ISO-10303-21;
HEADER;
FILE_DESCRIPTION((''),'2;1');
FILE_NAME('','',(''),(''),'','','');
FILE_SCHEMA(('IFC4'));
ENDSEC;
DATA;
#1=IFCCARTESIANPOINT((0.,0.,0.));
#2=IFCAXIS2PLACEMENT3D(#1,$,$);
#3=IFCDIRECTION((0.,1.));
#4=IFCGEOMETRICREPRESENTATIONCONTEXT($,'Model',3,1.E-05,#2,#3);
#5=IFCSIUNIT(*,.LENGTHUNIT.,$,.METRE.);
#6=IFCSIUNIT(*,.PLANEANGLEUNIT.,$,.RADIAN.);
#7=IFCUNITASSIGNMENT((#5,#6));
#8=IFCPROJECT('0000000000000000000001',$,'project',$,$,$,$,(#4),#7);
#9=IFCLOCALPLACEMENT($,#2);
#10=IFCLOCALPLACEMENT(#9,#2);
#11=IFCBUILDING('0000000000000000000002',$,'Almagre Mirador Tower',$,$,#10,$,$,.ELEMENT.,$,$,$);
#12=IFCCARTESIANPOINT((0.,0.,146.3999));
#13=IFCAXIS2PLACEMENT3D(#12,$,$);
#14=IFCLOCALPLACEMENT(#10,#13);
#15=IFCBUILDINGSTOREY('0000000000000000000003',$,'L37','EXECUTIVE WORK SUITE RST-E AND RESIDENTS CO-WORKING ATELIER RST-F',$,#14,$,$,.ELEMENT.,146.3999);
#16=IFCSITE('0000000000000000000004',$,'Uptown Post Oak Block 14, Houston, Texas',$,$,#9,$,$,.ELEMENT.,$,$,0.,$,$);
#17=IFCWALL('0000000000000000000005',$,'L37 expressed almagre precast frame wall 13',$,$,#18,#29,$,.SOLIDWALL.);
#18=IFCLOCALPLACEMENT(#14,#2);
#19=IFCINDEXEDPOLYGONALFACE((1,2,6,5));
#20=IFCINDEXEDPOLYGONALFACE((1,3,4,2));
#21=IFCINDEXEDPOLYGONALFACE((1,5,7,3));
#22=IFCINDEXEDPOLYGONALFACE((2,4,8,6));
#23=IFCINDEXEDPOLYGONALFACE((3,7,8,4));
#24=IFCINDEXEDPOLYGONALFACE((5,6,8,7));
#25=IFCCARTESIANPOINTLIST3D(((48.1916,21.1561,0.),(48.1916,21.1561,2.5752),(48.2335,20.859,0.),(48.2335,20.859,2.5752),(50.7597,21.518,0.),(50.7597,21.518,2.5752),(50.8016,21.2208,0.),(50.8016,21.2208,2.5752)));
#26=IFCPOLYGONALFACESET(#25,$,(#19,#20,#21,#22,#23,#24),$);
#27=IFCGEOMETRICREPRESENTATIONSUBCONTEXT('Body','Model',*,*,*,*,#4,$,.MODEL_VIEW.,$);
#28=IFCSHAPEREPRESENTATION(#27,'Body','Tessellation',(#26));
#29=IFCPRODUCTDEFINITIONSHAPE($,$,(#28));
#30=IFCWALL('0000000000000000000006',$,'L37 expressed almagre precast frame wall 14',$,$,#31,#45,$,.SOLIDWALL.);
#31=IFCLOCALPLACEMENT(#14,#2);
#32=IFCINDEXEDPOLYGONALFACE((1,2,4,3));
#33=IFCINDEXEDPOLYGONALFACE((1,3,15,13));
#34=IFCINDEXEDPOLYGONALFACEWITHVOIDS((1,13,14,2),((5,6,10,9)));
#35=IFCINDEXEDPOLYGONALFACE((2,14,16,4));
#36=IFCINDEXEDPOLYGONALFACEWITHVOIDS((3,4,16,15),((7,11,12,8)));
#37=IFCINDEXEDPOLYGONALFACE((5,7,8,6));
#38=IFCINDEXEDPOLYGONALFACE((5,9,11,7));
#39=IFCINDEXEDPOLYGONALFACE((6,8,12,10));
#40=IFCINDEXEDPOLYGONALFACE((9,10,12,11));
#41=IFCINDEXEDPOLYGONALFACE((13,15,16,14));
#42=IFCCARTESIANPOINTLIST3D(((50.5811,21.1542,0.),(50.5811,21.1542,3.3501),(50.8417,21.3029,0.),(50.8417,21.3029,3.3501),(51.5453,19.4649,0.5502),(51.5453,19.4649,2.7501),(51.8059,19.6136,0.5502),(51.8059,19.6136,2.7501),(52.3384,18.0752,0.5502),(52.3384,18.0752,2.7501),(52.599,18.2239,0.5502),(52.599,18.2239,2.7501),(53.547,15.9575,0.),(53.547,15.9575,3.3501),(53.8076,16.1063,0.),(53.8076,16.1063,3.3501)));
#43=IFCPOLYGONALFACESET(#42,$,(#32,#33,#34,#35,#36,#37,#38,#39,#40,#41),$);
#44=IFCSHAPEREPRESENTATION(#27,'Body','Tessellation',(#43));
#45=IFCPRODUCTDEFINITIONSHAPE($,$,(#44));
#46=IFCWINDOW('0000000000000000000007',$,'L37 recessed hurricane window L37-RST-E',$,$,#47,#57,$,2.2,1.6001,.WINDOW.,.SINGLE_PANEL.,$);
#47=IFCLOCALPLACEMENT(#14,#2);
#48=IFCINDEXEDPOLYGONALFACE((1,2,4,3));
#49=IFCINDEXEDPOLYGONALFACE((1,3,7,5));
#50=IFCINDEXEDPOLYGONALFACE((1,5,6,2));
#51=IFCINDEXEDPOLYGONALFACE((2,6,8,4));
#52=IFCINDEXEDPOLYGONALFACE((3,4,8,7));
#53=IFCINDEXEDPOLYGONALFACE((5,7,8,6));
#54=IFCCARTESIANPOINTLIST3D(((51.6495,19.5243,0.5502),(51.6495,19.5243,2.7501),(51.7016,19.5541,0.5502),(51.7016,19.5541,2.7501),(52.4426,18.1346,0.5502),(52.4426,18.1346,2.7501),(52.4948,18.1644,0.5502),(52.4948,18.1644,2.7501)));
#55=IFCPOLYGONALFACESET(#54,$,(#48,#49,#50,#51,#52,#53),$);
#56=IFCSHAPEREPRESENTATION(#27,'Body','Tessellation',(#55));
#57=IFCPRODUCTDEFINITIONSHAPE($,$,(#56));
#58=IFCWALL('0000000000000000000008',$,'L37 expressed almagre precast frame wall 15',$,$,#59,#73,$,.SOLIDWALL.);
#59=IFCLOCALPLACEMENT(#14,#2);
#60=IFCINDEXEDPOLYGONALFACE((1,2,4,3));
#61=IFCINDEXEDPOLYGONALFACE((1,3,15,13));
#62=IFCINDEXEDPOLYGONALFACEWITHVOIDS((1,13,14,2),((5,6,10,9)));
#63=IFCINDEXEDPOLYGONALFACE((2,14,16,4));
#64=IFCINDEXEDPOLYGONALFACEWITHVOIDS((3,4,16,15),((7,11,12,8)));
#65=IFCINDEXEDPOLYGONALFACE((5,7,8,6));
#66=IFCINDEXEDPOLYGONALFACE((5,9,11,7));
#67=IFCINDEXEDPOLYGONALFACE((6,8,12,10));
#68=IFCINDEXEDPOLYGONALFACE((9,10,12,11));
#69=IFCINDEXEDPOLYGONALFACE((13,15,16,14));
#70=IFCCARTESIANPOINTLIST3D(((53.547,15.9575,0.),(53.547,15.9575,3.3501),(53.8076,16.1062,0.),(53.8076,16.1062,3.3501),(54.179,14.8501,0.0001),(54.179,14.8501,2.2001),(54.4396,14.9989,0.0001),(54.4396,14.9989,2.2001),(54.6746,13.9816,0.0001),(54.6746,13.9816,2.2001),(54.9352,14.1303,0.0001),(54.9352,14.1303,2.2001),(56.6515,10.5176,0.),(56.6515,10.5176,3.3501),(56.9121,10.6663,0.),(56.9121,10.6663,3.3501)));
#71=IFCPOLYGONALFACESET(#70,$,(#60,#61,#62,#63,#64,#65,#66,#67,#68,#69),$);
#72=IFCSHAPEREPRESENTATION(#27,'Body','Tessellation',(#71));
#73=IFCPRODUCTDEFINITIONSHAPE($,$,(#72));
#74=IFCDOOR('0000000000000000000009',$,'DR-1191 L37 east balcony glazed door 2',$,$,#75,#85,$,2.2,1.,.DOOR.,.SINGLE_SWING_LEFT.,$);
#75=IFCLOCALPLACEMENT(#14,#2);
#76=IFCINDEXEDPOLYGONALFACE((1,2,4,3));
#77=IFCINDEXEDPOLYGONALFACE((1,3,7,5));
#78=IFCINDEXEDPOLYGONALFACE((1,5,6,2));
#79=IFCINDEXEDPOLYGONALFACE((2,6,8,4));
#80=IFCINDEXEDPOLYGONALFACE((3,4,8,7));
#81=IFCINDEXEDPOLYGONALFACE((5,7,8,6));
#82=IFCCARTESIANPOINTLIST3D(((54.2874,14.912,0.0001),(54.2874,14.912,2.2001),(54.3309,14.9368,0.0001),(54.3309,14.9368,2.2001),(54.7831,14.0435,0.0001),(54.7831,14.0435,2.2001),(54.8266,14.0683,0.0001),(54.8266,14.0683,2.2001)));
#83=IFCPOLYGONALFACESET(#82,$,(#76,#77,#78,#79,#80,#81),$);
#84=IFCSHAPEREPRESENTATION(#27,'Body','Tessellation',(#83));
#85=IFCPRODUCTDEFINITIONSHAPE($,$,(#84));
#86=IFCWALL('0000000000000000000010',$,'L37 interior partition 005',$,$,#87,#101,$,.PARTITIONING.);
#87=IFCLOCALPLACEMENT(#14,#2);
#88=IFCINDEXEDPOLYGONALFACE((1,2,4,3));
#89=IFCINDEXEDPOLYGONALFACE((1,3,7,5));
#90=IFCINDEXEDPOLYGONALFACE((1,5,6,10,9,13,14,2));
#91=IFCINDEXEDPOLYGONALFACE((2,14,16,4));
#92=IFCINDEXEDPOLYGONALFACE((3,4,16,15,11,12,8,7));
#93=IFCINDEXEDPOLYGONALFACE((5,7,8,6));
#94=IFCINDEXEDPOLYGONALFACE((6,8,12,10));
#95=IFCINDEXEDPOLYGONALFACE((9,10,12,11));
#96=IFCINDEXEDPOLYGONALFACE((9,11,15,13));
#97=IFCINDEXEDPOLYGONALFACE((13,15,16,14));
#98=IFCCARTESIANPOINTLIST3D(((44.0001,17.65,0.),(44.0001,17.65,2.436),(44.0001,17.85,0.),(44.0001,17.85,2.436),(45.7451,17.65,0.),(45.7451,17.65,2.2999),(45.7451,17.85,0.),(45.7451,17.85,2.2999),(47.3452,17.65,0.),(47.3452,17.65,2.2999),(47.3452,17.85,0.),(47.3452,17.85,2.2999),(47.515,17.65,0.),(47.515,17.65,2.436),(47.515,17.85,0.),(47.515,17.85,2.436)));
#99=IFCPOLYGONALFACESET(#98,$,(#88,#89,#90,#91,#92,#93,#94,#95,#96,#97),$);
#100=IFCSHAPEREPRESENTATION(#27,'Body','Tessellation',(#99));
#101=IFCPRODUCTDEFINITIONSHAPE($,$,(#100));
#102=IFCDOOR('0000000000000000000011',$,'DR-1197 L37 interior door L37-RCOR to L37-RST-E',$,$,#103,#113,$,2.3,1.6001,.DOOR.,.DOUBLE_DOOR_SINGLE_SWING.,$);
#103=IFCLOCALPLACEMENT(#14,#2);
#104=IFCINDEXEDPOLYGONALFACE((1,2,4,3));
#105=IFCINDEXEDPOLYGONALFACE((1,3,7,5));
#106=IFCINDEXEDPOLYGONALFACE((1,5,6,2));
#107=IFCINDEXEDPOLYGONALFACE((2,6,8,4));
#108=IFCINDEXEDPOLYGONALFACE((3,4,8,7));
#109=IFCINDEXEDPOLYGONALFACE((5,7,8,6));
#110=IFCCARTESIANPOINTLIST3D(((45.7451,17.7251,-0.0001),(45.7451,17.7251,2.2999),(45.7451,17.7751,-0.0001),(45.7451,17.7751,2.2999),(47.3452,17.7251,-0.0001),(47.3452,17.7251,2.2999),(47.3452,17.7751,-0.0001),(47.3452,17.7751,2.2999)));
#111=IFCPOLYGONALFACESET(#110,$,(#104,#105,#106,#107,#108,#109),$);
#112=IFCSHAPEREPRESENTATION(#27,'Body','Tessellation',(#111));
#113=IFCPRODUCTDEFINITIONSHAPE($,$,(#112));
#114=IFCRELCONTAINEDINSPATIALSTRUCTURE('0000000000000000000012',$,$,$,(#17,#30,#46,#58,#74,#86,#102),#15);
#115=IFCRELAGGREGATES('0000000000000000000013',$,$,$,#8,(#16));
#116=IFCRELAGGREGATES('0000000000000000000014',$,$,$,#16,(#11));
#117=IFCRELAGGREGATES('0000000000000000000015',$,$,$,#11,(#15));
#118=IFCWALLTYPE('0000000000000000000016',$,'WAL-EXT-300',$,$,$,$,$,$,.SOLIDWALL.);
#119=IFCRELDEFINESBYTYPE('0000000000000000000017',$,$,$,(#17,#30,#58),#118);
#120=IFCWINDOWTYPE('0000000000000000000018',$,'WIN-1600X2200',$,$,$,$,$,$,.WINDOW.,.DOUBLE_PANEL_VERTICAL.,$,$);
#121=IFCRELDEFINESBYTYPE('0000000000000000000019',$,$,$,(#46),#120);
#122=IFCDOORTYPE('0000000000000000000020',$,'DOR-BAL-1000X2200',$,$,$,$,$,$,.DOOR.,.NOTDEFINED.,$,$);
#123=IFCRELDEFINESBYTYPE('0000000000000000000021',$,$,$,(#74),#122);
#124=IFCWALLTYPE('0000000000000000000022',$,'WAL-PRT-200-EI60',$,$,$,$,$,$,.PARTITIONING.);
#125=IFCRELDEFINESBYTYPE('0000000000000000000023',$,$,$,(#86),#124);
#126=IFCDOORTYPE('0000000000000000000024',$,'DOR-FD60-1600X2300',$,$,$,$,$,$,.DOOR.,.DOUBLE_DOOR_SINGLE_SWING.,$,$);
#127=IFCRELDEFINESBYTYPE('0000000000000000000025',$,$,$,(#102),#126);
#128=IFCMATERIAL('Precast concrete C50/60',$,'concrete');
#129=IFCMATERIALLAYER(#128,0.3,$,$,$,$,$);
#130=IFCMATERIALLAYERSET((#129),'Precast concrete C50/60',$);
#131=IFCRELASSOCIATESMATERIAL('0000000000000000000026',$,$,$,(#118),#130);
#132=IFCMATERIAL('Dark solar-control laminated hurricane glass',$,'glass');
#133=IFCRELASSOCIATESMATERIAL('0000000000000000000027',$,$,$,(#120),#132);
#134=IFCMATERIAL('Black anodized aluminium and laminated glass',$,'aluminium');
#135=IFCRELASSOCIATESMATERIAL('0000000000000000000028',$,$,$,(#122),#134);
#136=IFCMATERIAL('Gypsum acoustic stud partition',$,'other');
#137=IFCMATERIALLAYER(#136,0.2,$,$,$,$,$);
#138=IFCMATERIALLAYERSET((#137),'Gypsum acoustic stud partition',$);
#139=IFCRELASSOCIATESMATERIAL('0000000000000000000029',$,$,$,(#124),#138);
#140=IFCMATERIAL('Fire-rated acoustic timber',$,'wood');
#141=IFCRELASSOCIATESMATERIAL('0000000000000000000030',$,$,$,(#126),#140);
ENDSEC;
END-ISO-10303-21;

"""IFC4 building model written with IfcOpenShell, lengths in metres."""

from ifc_helpers import new_model, si_unit, direction, frame, frame_2d, origin, place, context, subcontext, project, spatial, rectangle, extrude, material, layer, layer_set, type_object, element, fill, save


model = new_model("IFC4")

# Units and contexts
model_context = context("Model", 3, precision=1e-05, world=origin(), true_north=direction((0.0, 1.0)))
body_context = subcontext(model_context, "Body", "Model", "MODEL_VIEW")
ifc_project = project(units=[si_unit("LENGTHUNIT", "METRE"), si_unit("PLANEANGLEUNIT", "RADIAN")], contexts=[model_context])

# Site, building, storey
site_placement = place(None, origin())
site = spatial("IfcSite", under=ifc_project, at=site_placement, Name="Uptown Post Oak Block 14, Houston, Texas", CompositionType="ELEMENT", RefElevation=0.0)
building_placement = place(site_placement, origin())
building = spatial("IfcBuilding", under=site, at=building_placement, Name="Almagre Mirador Tower", CompositionType="ELEMENT")
storey_placement = place(building_placement, frame((0.0, 0.0, 146.3999)))
storey = spatial("IfcBuildingStorey", under=building, at=storey_placement, Name="L37", Description="EXECUTIVE WORK SUITE RST-E AND RESIDENTS CO-WORKING ATELIER RST-F", CompositionType="ELEMENT", Elevation=146.3999)

# Wall
ifc_material_1 = material(Name="Precast concrete C50/60", Category="concrete")
ifc_layer_1 = layer(ifc_material_1, 0.3)
ifc_layer_set_1 = layer_set([ifc_layer_1], Name="Precast concrete C50/60")
wall_type_1 = type_object("IfcWallType", Name="WAL-EXT-300", PredefinedType="SOLIDWALL", material=ifc_layer_set_1)
wall_1_placement = place(storey_placement, frame((48.2124, 21.0076, 0.0), z_axis=(0.0, 0.0, 1.0), x_axis=(0.990221, 0.13951, 0.0)))
element("IfcWall", 1, at=wall_1_placement, inside=storey, type_object=wall_type_1, Name="L37 expressed almagre precast frame wall 13", PredefinedType="SOLIDWALL", context=body_context, shape_type="SweptSolid", body=[
    extrude(rectangle(XDim=2.5935, YDim=0.3, at=frame_2d((1.2969, 0.0))), origin(), (0.0, 0.0, 1.0), 2.5752),
])

# Wall, opening, window
wall_2_placement = place(storey_placement, frame((50.7114, 21.2285, 0.0), z_axis=(0.0, 0.0, 1.0), x_axis=(0.495682, -0.868504, 0.0)))
wall_2 = element("IfcWall", 2, at=wall_2_placement, inside=storey, type_object=wall_type_1, Name="L37 expressed almagre precast frame wall 14", PredefinedType="SOLIDWALL", context=body_context, shape_type="SweptSolid", body=[
    extrude(rectangle(XDim=5.9834, YDim=0.3, at=frame_2d((2.9917, 0.0))), origin(), (0.0, 0.0, 1.0), 3.3501),
])
opening_1_placement = place(wall_2_placement, frame((1.9451, 0.0, 0.55)))
opening_1 = element("IfcOpeningElement", 3, at=opening_1_placement, cuts=wall_2, PredefinedType="OPENING", context=body_context, shape_type="SweptSolid", body=[
    extrude(rectangle(XDim=1.6001, YDim=2.2, at=frame_2d((0.8, 1.1001))), frame((0.0, 0.1599, 0.0), z_axis=(0.0, -1.0, 0.0), x_axis=(1.0, 0.0, 0.0)), (0.0, 0.0, 1.0), 0.32),
])
ifc_material_2 = material(Name="Dark solar-control laminated hurricane glass", Category="glass")
window_type = type_object("IfcWindowType", Name="WIN-1600X2200", PartitioningType="DOUBLE_PANEL_VERTICAL", PredefinedType="WINDOW", material=ifc_material_2)
window_placement = place(opening_1_placement, origin())
window = element("IfcWindow", 4, at=window_placement, inside=storey, type_object=window_type, Name="L37 recessed hurricane window L37-RST-E", OverallHeight=2.2, OverallWidth=1.6001, PartitioningType="SINGLE_PANEL", PredefinedType="WINDOW", context=body_context, shape_type="SweptSolid", body=[
    extrude(rectangle(XDim=1.6001, YDim=2.2, at=frame_2d((0.8, 1.1001))), frame((0.0, 0.03, 0.0), z_axis=(0.0, -1.0, 0.0), x_axis=(1.0, 0.0, 0.0)), (0.0, 0.0, 1.0), 0.0601),
])
fill(opening_1, window)

# Walls, openings, doors
wall_3_placement = place(storey_placement, frame((53.6772, 16.032, 0.0), z_axis=(0.0, 0.0, 1.0), x_axis=(0.495652, -0.868521, 0.0)))
wall_3 = element("IfcWall", 5, at=wall_3_placement, inside=storey, type_object=wall_type_1, Name="L37 expressed almagre precast frame wall 15", PredefinedType="SOLIDWALL", context=body_context, shape_type="SweptSolid", body=[
    extrude(rectangle(XDim=6.2634, YDim=0.3, at=frame_2d((3.1318, 0.0))), origin(), (0.0, 0.0, 1.0), 3.3501),
])
opening_2_placement = place(wall_3_placement, frame((1.2751, 0.0, 0.0)))
opening_2 = element("IfcOpeningElement", 6, at=opening_2_placement, cuts=wall_3, PredefinedType="OPENING", context=body_context, shape_type="SweptSolid", body=[
    extrude(rectangle(XDim=1.0, YDim=2.2, at=frame_2d((0.5, 1.1001))), frame((0.0, 0.1599, 0.0), z_axis=(0.0, -1.0, 0.0), x_axis=(1.0, 0.0, 0.0)), (0.0, 0.0, 1.0), 0.32),
])
ifc_material_3 = material(Name="Black anodized aluminium and laminated glass", Category="aluminium")
door_type_1 = type_object("IfcDoorType", Name="DOR-BAL-1000X2200", OperationType="NOTDEFINED", PredefinedType="DOOR", material=ifc_material_3)
door_1_placement = place(opening_2_placement, origin())
door_1 = element("IfcDoor", 7, at=door_1_placement, inside=storey, type_object=door_type_1, Name="DR-1191 L37 east balcony glazed door 2", OperationType="SINGLE_SWING_LEFT", OverallHeight=2.2, OverallWidth=1.0, PredefinedType="DOOR", context=body_context, shape_type="SweptSolid", body=[
    extrude(rectangle(XDim=1.0, YDim=2.2, at=frame_2d((0.5, 1.1001))), frame((0.0, 0.0249, 0.0), z_axis=(0.0, -1.0, 0.0), x_axis=(1.0, 0.0, 0.0)), (0.0, 0.0, 1.0), 0.05),
])
fill(opening_2, door_1)
ifc_material_4 = material(Name="Gypsum acoustic stud partition", Category="other")
ifc_layer_2 = layer(ifc_material_4, 0.2)
ifc_layer_set_2 = layer_set([ifc_layer_2], Name="Gypsum acoustic stud partition")
wall_type_2 = type_object("IfcWallType", Name="WAL-PRT-200-EI60", PredefinedType="PARTITIONING", material=ifc_layer_set_2)
wall_4_placement = place(storey_placement, frame((47.5149, 17.75, 0.0), z_axis=(0.0, 0.0, 1.0), x_axis=(-1.0, 0.0, 0.0)))
wall_4 = element("IfcWall", 8, at=wall_4_placement, inside=storey, type_object=wall_type_2, Name="L37 interior partition 005", PredefinedType="PARTITIONING", context=body_context, shape_type="SweptSolid", body=[
    extrude(rectangle(XDim=3.5149, YDim=0.2, at=frame_2d((1.7573, 0.0))), origin(), (0.0, 0.0, 1.0), 2.436),
])
opening_3_placement = place(wall_4_placement, frame((0.1697, 0.0, 0.0)))
opening_3 = element("IfcOpeningElement", 9, at=opening_3_placement, cuts=wall_4, PredefinedType="OPENING", context=body_context, shape_type="SweptSolid", body=[
    extrude(rectangle(XDim=1.6001, YDim=2.3, at=frame_2d((0.8, 1.1499))), frame((0.0, 0.1101, 0.0), z_axis=(0.0, -1.0, 0.0), x_axis=(1.0, 0.0, 0.0)), (0.0, 0.0, 1.0), 0.22),
])
ifc_material_5 = material(Name="Fire-rated acoustic timber", Category="wood")
door_type_2 = type_object("IfcDoorType", Name="DOR-FD60-1600X2300", OperationType="DOUBLE_DOOR_SINGLE_SWING", PredefinedType="DOOR", material=ifc_material_5)
door_2_placement = place(opening_3_placement, origin())
door_2 = element("IfcDoor", 10, at=door_2_placement, inside=storey, type_object=door_type_2, Name="DR-1197 L37 interior door L37-RCOR to L37-RST-E", OperationType="DOUBLE_DOOR_SINGLE_SWING", OverallHeight=2.3, OverallWidth=1.6001, PredefinedType="DOOR", context=body_context, shape_type="SweptSolid", body=[
    extrude(rectangle(XDim=1.6001, YDim=2.3, at=frame_2d((0.8, 1.1499))), frame((0.0, 0.0249, 0.0), z_axis=(0.0, -1.0, 0.0), x_axis=(1.0, 0.0, 0.0)), (0.0, 0.0, 1.0), 0.05),
])
fill(opening_3, door_2)

save(model, "model.ifc")
